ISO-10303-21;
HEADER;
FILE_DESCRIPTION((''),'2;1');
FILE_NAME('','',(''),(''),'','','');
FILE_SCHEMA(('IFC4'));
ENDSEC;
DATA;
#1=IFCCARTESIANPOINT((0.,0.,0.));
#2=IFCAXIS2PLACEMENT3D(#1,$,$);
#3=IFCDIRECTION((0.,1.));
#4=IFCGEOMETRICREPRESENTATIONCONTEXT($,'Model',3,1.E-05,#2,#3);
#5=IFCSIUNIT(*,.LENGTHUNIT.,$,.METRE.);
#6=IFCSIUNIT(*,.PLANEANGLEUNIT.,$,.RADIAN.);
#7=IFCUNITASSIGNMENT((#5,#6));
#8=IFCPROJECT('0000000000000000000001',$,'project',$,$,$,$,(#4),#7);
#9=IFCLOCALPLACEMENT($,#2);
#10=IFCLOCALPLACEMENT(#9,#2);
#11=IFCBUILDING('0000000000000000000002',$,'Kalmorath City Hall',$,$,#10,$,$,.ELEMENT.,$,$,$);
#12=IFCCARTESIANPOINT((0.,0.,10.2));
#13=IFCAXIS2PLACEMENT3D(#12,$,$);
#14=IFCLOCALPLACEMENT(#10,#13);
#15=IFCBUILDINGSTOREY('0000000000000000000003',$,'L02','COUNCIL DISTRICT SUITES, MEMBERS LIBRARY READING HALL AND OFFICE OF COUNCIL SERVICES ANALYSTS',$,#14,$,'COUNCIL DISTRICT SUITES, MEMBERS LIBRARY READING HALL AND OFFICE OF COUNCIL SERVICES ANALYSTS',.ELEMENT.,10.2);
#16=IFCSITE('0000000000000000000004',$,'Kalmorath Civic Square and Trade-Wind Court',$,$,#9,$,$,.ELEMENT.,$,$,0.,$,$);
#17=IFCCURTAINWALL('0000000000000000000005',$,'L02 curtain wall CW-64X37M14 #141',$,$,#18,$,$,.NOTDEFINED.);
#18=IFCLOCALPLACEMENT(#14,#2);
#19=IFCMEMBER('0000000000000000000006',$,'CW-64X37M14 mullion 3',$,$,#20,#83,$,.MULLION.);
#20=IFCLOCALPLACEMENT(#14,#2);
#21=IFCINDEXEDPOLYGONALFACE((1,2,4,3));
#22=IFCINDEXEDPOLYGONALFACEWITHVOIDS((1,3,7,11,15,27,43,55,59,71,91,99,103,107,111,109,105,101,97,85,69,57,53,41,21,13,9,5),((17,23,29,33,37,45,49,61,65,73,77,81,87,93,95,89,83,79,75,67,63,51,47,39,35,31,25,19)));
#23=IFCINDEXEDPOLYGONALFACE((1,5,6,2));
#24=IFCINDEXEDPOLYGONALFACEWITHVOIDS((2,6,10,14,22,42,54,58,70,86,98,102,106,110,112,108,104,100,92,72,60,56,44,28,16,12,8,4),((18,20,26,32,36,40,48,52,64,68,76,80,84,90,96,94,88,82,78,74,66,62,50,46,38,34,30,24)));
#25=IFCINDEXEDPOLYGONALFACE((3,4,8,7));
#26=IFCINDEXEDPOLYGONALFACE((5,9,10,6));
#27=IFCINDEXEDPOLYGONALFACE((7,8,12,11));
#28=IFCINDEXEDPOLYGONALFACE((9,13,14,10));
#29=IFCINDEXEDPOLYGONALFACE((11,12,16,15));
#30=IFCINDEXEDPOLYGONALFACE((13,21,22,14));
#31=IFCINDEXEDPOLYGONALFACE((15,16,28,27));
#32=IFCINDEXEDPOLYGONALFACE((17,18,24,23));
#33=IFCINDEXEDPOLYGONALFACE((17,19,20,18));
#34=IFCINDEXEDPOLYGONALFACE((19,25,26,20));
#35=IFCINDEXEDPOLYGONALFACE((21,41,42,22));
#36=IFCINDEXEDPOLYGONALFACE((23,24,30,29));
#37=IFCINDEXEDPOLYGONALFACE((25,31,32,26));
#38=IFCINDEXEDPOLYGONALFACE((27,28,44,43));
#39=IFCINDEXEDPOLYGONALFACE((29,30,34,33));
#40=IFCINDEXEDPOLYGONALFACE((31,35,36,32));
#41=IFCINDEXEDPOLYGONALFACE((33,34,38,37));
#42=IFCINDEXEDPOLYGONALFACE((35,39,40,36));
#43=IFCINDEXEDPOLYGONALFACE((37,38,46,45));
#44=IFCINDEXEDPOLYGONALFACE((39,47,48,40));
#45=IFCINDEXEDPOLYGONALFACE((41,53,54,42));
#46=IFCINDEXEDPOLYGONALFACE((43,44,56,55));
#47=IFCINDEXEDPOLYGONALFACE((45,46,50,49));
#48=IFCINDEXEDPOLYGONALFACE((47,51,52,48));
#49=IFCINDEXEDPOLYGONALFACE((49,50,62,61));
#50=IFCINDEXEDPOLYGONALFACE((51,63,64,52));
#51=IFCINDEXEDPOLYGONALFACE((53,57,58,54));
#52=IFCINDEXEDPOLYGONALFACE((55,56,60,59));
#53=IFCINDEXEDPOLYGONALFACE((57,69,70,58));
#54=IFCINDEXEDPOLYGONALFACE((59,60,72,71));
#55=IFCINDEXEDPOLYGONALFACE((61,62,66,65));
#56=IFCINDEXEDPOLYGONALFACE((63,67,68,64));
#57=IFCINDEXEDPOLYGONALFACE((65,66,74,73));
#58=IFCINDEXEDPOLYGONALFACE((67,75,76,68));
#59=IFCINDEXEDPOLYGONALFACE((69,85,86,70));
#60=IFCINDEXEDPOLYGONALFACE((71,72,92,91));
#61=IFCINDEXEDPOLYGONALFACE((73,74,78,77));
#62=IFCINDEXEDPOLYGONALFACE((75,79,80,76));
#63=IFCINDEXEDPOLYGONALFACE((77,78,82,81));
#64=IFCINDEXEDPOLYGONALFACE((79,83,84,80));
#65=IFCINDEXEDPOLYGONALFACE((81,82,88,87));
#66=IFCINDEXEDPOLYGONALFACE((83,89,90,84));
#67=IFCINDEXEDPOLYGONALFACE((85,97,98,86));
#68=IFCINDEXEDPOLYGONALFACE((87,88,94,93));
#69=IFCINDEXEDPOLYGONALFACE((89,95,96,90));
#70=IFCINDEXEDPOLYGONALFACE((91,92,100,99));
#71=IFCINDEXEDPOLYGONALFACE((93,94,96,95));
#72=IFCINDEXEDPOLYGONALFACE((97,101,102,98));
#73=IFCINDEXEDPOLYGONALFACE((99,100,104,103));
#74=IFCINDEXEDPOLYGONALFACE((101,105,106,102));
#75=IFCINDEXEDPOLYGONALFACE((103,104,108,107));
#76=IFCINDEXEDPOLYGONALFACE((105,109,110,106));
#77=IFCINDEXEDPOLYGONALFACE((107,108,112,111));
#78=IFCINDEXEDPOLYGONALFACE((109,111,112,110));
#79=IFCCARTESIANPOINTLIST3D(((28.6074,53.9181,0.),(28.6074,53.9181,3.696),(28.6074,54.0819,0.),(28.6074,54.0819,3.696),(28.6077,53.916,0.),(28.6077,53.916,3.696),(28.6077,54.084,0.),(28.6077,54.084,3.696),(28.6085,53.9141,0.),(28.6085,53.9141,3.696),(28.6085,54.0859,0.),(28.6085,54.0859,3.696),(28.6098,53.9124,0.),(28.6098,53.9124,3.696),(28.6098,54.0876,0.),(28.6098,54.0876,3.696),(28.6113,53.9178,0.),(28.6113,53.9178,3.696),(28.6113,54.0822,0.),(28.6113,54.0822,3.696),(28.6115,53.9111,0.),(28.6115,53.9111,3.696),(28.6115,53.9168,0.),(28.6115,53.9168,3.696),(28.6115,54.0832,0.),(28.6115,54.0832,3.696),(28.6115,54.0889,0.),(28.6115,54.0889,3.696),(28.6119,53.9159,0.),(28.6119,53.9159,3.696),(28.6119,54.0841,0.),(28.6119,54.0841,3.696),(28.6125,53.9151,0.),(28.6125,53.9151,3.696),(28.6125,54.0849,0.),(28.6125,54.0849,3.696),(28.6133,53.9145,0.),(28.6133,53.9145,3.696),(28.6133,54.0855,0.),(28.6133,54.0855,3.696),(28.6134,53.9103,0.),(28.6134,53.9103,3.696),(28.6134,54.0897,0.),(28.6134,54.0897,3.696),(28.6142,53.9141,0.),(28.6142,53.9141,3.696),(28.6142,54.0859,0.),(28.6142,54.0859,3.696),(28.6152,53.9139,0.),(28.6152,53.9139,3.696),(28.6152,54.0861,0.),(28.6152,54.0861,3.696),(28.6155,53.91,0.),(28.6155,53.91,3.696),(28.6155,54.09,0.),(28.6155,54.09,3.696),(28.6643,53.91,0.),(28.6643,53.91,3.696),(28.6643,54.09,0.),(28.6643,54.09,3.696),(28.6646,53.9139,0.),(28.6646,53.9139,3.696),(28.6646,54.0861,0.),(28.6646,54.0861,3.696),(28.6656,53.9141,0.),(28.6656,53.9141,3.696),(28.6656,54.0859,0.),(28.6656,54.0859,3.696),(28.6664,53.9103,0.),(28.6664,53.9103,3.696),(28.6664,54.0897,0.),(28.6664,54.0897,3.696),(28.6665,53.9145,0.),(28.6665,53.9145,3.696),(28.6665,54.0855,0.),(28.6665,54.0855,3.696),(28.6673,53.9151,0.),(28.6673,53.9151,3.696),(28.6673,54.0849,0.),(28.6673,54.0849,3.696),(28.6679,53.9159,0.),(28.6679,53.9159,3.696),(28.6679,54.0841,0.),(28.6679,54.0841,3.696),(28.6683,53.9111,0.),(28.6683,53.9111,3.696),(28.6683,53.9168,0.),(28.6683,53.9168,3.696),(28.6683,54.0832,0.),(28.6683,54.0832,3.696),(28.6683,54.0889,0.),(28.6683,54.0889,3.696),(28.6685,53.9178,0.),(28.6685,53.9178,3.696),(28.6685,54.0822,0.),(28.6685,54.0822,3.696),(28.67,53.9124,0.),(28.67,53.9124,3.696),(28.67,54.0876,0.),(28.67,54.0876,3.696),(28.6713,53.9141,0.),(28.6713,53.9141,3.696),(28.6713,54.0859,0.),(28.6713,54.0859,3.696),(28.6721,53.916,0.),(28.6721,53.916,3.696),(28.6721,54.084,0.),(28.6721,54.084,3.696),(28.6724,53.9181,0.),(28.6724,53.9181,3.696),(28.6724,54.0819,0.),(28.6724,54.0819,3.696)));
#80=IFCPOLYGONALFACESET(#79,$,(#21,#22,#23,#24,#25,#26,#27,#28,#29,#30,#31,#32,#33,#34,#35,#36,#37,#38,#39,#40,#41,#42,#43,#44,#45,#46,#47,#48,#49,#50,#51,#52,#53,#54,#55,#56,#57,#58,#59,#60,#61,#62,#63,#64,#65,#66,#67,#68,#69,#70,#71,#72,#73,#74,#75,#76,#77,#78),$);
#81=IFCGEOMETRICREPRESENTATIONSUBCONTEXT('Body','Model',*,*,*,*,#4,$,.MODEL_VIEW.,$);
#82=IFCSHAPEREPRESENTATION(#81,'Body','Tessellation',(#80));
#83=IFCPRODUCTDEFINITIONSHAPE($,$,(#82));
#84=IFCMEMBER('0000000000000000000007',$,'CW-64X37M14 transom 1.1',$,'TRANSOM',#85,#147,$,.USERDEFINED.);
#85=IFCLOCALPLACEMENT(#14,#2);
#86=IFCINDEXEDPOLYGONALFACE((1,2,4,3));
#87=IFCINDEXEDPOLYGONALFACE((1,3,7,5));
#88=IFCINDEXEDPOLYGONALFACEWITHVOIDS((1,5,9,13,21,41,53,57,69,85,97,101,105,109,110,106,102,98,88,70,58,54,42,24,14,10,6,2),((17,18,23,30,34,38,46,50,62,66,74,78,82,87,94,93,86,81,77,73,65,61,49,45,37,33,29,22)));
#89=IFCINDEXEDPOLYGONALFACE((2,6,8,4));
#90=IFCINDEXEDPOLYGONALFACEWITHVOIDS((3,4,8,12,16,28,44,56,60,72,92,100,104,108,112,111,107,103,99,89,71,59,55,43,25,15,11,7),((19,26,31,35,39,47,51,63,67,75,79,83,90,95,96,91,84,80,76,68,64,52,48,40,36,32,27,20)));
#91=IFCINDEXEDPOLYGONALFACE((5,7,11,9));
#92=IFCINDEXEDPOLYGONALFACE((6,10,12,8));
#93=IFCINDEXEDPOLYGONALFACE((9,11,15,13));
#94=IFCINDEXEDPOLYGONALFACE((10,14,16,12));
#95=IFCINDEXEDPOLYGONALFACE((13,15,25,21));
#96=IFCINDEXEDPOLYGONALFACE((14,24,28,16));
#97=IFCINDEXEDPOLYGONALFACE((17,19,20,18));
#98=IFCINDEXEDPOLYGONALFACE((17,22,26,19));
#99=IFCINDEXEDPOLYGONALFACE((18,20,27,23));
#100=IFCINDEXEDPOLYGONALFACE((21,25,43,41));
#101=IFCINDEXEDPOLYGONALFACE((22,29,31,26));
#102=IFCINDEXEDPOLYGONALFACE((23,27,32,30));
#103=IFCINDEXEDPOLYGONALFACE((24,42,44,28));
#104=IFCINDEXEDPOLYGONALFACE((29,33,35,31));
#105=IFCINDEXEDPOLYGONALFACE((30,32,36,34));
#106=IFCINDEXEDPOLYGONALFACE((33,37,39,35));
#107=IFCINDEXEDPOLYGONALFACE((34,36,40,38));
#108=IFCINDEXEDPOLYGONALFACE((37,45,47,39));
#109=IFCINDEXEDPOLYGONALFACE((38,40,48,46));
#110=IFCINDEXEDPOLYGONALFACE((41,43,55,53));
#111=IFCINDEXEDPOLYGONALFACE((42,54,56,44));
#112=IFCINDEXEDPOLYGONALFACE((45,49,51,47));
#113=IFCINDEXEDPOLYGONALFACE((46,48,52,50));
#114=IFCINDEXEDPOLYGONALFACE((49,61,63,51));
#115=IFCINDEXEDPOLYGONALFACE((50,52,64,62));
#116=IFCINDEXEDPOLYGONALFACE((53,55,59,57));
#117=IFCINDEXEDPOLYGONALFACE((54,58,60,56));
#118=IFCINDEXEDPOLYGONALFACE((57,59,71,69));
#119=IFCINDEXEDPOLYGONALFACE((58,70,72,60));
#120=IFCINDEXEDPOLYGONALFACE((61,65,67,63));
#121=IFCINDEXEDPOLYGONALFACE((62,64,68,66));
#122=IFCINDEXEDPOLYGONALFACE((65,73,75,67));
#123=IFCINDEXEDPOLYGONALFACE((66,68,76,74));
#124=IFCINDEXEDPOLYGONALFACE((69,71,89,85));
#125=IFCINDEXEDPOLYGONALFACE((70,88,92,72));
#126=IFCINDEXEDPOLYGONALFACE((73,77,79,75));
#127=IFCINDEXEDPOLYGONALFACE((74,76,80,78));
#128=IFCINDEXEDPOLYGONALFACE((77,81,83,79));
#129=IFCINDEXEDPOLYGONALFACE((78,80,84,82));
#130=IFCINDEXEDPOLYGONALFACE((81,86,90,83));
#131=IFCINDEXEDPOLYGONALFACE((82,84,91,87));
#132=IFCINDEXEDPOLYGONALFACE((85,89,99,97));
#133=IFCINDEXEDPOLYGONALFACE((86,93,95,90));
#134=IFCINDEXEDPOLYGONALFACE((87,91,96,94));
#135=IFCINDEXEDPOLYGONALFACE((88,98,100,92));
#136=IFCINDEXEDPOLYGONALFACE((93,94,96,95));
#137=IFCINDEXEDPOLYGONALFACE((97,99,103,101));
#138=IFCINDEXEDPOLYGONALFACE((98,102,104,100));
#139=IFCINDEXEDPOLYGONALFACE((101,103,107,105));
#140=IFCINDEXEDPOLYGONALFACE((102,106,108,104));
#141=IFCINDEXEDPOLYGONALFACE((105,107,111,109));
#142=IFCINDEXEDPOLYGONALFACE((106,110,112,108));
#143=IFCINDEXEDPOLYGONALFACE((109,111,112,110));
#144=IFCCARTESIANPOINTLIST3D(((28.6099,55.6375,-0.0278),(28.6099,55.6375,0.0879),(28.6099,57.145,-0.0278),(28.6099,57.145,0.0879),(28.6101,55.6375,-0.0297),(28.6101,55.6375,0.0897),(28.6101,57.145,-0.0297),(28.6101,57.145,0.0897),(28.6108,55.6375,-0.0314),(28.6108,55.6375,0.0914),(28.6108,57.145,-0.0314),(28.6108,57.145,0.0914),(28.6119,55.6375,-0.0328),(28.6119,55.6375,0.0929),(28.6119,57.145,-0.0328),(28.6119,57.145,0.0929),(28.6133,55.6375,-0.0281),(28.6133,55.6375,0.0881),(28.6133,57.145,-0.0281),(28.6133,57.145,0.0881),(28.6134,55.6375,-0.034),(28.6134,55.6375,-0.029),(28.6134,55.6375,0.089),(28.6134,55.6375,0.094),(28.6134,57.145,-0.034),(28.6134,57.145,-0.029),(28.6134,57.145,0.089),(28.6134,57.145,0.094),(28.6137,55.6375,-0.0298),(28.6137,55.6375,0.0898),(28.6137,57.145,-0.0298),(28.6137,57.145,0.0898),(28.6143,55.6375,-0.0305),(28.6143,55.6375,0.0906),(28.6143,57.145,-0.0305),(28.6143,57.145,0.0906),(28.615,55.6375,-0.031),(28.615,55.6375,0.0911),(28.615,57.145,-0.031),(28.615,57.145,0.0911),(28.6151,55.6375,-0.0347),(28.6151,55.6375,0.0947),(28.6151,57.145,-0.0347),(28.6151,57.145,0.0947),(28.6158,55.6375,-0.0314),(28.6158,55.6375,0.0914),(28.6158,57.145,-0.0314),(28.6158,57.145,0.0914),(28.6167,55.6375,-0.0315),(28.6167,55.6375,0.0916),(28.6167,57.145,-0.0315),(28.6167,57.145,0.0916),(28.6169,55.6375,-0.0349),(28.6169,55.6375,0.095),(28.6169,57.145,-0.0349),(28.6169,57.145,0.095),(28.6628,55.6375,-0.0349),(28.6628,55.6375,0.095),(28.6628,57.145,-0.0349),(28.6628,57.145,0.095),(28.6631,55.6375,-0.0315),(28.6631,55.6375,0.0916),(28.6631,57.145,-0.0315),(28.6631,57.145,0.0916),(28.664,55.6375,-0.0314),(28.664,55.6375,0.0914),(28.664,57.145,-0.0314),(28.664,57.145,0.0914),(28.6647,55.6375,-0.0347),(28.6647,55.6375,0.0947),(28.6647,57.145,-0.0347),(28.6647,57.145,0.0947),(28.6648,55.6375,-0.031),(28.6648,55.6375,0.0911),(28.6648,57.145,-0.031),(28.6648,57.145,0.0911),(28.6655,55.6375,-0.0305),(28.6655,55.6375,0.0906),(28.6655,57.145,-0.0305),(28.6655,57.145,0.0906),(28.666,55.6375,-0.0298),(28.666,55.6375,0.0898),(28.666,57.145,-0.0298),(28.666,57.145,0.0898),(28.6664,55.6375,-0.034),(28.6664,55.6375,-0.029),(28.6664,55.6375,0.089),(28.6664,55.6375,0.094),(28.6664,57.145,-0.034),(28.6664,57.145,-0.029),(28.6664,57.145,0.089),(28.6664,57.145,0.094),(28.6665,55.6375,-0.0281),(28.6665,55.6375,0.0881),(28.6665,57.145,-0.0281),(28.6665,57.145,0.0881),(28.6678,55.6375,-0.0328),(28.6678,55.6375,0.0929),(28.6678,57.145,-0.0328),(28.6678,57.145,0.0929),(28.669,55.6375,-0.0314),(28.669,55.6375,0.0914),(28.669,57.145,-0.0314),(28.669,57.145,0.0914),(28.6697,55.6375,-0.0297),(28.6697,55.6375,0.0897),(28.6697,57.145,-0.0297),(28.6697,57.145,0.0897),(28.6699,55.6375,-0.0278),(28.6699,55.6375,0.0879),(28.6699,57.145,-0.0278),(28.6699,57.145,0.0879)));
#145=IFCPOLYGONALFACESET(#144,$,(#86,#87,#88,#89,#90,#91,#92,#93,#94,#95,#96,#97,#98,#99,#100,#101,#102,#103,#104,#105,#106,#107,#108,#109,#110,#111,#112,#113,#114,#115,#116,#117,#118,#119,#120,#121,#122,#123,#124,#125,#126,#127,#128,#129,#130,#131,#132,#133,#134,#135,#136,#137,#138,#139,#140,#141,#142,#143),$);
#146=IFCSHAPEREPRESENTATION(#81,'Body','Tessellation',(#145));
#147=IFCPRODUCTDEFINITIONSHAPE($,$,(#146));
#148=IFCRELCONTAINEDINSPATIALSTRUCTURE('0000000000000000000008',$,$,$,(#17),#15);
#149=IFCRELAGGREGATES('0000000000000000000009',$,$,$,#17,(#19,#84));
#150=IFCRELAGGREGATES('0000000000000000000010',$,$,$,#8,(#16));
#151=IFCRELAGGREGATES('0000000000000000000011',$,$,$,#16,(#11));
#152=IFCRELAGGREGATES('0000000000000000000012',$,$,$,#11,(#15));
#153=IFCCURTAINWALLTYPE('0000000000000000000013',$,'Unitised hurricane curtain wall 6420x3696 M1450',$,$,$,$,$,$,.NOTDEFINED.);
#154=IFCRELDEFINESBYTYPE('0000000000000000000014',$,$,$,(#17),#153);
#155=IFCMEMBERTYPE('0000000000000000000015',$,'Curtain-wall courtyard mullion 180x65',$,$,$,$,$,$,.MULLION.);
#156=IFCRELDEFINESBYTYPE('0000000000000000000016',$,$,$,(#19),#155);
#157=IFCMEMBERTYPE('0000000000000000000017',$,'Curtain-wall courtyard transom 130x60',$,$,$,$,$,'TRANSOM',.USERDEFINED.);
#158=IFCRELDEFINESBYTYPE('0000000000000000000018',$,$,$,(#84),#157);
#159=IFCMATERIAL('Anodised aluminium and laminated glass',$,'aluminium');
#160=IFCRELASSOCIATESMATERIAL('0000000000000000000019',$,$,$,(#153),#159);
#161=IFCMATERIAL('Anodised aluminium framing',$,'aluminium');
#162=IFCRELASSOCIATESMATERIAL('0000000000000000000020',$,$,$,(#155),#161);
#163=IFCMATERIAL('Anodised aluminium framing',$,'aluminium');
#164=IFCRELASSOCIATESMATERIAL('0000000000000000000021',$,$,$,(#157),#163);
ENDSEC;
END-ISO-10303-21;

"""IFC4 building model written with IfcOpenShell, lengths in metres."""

from ifc_helpers import new_model, si_unit, direction, frame, origin, origin_2d, place, context, subcontext, project, spatial, hollow_rectangle, extrude, material, material_profile, profile_set, type_object, element, aggregate, save


model = new_model("IFC4")

# Units and contexts
model_context = context("Model", 3, precision=1e-05, world=origin(), true_north=direction((0.0, 1.0)))
body_context = subcontext(model_context, "Body", "Model", "MODEL_VIEW")
ifc_project = project(units=[si_unit("LENGTHUNIT", "METRE"), si_unit("PLANEANGLEUNIT", "RADIAN")], contexts=[model_context])

# Site, building, storey
site_placement = place(None, origin())
site = spatial("IfcSite", under=ifc_project, at=site_placement, Name="Kalmorath Civic Square and Trade-Wind Court", CompositionType="ELEMENT", RefElevation=0.0)
building_placement = place(site_placement, origin())
building = spatial("IfcBuilding", under=site, at=building_placement, Name="Kalmorath City Hall", CompositionType="ELEMENT")
storey_placement = place(building_placement, frame((0.0, 0.0, 10.2)))
storey = spatial("IfcBuildingStorey", under=building, at=storey_placement, Name="L02", Description="COUNCIL DISTRICT SUITES, MEMBERS LIBRARY READING HALL AND OFFICE OF COUNCIL SERVICES ANALYSTS", LongName="COUNCIL DISTRICT SUITES, MEMBERS LIBRARY READING HALL AND OFFICE OF COUNCIL SERVICES ANALYSTS", CompositionType="ELEMENT", Elevation=10.2)

# Curtain wall, members
ifc_material_1 = material(Name="Anodised aluminium and laminated glass", Category="aluminium")
curtain_wall_type = type_object("IfcCurtainWallType", Name="Unitised hurricane curtain wall 6420x3696 M1450", PredefinedType="NOTDEFINED", material=ifc_material_1)
curtain_wall_placement = place(storey_placement, origin())
curtain_wall = element("IfcCurtainWall", 1, at=curtain_wall_placement, inside=storey, type_object=curtain_wall_type, Name="L02 curtain wall CW-64X37M14 #141", PredefinedType="NOTDEFINED")
ifc_material_2 = material(Name="Anodised aluminium framing", Category="aluminium")
ifc_material_profile_1 = material_profile(ifc_material_2, hollow_rectangle(XDim=0.0649, YDim=0.1799, WallThickness=0.0039, InnerFilletRadius=0.0039, OuterFilletRadius=0.0081, at=origin_2d()), Name="ALU-MUL-180X65X4")
ifc_profile_set_1 = profile_set([ifc_material_profile_1], Name="Anodised aluminium framing")
member_type_1 = type_object("IfcMemberType", Name="Curtain-wall courtyard mullion 180x65", PredefinedType="MULLION", material=ifc_profile_set_1)
member_1_placement = place(storey_placement, frame((28.6399, 54.0, 0.0), z_axis=(0.0, 0.0, 1.0), x_axis=(1.0, 0.0, 0.0)))
member_1 = element("IfcMember", 2, at=member_1_placement, type_object=member_type_1, Name="CW-64X37M14 mullion 3", PredefinedType="MULLION", context=body_context, shape_type="SweptSolid", body=[
    extrude(hollow_rectangle(XDim=0.0649, YDim=0.1799, WallThickness=0.0039, InnerFilletRadius=0.0039, OuterFilletRadius=0.0081, at=origin_2d()), origin(), (0.0, 0.0, 1.0), 3.696),
])
ifc_material_3 = material(Name="Anodised aluminium framing", Category="aluminium")
ifc_material_profile_2 = material_profile(ifc_material_3, hollow_rectangle(XDim=0.0601, YDim=0.1299, WallThickness=0.0034, InnerFilletRadius=0.0034, OuterFilletRadius=0.0071, at=origin_2d()), Name="ALU-TRN-130X60X3.5")
ifc_profile_set_2 = profile_set([ifc_material_profile_2], Name="Anodised aluminium framing")
member_type_2 = type_object("IfcMemberType", Name="Curtain-wall courtyard transom 130x60", ElementType="TRANSOM", PredefinedType="USERDEFINED", material=ifc_profile_set_2)
member_2_placement = place(storey_placement, frame((28.6399, 57.145, 0.03), z_axis=(0.0, -1.0, 0.0), x_axis=(1.0, 0.0, 0.0)))
member_2 = element("IfcMember", 3, at=member_2_placement, type_object=member_type_2, Name="CW-64X37M14 transom 1.1", ObjectType="TRANSOM", PredefinedType="USERDEFINED", context=body_context, shape_type="SweptSolid", body=[
    extrude(hollow_rectangle(XDim=0.0601, YDim=0.1299, WallThickness=0.0034, InnerFilletRadius=0.0034, OuterFilletRadius=0.0071, at=origin_2d()), origin(), (0.0, 0.0, 1.0), 1.5076),
])
aggregate(curtain_wall, [member_1, member_2])

save(model, "model.ifc")
